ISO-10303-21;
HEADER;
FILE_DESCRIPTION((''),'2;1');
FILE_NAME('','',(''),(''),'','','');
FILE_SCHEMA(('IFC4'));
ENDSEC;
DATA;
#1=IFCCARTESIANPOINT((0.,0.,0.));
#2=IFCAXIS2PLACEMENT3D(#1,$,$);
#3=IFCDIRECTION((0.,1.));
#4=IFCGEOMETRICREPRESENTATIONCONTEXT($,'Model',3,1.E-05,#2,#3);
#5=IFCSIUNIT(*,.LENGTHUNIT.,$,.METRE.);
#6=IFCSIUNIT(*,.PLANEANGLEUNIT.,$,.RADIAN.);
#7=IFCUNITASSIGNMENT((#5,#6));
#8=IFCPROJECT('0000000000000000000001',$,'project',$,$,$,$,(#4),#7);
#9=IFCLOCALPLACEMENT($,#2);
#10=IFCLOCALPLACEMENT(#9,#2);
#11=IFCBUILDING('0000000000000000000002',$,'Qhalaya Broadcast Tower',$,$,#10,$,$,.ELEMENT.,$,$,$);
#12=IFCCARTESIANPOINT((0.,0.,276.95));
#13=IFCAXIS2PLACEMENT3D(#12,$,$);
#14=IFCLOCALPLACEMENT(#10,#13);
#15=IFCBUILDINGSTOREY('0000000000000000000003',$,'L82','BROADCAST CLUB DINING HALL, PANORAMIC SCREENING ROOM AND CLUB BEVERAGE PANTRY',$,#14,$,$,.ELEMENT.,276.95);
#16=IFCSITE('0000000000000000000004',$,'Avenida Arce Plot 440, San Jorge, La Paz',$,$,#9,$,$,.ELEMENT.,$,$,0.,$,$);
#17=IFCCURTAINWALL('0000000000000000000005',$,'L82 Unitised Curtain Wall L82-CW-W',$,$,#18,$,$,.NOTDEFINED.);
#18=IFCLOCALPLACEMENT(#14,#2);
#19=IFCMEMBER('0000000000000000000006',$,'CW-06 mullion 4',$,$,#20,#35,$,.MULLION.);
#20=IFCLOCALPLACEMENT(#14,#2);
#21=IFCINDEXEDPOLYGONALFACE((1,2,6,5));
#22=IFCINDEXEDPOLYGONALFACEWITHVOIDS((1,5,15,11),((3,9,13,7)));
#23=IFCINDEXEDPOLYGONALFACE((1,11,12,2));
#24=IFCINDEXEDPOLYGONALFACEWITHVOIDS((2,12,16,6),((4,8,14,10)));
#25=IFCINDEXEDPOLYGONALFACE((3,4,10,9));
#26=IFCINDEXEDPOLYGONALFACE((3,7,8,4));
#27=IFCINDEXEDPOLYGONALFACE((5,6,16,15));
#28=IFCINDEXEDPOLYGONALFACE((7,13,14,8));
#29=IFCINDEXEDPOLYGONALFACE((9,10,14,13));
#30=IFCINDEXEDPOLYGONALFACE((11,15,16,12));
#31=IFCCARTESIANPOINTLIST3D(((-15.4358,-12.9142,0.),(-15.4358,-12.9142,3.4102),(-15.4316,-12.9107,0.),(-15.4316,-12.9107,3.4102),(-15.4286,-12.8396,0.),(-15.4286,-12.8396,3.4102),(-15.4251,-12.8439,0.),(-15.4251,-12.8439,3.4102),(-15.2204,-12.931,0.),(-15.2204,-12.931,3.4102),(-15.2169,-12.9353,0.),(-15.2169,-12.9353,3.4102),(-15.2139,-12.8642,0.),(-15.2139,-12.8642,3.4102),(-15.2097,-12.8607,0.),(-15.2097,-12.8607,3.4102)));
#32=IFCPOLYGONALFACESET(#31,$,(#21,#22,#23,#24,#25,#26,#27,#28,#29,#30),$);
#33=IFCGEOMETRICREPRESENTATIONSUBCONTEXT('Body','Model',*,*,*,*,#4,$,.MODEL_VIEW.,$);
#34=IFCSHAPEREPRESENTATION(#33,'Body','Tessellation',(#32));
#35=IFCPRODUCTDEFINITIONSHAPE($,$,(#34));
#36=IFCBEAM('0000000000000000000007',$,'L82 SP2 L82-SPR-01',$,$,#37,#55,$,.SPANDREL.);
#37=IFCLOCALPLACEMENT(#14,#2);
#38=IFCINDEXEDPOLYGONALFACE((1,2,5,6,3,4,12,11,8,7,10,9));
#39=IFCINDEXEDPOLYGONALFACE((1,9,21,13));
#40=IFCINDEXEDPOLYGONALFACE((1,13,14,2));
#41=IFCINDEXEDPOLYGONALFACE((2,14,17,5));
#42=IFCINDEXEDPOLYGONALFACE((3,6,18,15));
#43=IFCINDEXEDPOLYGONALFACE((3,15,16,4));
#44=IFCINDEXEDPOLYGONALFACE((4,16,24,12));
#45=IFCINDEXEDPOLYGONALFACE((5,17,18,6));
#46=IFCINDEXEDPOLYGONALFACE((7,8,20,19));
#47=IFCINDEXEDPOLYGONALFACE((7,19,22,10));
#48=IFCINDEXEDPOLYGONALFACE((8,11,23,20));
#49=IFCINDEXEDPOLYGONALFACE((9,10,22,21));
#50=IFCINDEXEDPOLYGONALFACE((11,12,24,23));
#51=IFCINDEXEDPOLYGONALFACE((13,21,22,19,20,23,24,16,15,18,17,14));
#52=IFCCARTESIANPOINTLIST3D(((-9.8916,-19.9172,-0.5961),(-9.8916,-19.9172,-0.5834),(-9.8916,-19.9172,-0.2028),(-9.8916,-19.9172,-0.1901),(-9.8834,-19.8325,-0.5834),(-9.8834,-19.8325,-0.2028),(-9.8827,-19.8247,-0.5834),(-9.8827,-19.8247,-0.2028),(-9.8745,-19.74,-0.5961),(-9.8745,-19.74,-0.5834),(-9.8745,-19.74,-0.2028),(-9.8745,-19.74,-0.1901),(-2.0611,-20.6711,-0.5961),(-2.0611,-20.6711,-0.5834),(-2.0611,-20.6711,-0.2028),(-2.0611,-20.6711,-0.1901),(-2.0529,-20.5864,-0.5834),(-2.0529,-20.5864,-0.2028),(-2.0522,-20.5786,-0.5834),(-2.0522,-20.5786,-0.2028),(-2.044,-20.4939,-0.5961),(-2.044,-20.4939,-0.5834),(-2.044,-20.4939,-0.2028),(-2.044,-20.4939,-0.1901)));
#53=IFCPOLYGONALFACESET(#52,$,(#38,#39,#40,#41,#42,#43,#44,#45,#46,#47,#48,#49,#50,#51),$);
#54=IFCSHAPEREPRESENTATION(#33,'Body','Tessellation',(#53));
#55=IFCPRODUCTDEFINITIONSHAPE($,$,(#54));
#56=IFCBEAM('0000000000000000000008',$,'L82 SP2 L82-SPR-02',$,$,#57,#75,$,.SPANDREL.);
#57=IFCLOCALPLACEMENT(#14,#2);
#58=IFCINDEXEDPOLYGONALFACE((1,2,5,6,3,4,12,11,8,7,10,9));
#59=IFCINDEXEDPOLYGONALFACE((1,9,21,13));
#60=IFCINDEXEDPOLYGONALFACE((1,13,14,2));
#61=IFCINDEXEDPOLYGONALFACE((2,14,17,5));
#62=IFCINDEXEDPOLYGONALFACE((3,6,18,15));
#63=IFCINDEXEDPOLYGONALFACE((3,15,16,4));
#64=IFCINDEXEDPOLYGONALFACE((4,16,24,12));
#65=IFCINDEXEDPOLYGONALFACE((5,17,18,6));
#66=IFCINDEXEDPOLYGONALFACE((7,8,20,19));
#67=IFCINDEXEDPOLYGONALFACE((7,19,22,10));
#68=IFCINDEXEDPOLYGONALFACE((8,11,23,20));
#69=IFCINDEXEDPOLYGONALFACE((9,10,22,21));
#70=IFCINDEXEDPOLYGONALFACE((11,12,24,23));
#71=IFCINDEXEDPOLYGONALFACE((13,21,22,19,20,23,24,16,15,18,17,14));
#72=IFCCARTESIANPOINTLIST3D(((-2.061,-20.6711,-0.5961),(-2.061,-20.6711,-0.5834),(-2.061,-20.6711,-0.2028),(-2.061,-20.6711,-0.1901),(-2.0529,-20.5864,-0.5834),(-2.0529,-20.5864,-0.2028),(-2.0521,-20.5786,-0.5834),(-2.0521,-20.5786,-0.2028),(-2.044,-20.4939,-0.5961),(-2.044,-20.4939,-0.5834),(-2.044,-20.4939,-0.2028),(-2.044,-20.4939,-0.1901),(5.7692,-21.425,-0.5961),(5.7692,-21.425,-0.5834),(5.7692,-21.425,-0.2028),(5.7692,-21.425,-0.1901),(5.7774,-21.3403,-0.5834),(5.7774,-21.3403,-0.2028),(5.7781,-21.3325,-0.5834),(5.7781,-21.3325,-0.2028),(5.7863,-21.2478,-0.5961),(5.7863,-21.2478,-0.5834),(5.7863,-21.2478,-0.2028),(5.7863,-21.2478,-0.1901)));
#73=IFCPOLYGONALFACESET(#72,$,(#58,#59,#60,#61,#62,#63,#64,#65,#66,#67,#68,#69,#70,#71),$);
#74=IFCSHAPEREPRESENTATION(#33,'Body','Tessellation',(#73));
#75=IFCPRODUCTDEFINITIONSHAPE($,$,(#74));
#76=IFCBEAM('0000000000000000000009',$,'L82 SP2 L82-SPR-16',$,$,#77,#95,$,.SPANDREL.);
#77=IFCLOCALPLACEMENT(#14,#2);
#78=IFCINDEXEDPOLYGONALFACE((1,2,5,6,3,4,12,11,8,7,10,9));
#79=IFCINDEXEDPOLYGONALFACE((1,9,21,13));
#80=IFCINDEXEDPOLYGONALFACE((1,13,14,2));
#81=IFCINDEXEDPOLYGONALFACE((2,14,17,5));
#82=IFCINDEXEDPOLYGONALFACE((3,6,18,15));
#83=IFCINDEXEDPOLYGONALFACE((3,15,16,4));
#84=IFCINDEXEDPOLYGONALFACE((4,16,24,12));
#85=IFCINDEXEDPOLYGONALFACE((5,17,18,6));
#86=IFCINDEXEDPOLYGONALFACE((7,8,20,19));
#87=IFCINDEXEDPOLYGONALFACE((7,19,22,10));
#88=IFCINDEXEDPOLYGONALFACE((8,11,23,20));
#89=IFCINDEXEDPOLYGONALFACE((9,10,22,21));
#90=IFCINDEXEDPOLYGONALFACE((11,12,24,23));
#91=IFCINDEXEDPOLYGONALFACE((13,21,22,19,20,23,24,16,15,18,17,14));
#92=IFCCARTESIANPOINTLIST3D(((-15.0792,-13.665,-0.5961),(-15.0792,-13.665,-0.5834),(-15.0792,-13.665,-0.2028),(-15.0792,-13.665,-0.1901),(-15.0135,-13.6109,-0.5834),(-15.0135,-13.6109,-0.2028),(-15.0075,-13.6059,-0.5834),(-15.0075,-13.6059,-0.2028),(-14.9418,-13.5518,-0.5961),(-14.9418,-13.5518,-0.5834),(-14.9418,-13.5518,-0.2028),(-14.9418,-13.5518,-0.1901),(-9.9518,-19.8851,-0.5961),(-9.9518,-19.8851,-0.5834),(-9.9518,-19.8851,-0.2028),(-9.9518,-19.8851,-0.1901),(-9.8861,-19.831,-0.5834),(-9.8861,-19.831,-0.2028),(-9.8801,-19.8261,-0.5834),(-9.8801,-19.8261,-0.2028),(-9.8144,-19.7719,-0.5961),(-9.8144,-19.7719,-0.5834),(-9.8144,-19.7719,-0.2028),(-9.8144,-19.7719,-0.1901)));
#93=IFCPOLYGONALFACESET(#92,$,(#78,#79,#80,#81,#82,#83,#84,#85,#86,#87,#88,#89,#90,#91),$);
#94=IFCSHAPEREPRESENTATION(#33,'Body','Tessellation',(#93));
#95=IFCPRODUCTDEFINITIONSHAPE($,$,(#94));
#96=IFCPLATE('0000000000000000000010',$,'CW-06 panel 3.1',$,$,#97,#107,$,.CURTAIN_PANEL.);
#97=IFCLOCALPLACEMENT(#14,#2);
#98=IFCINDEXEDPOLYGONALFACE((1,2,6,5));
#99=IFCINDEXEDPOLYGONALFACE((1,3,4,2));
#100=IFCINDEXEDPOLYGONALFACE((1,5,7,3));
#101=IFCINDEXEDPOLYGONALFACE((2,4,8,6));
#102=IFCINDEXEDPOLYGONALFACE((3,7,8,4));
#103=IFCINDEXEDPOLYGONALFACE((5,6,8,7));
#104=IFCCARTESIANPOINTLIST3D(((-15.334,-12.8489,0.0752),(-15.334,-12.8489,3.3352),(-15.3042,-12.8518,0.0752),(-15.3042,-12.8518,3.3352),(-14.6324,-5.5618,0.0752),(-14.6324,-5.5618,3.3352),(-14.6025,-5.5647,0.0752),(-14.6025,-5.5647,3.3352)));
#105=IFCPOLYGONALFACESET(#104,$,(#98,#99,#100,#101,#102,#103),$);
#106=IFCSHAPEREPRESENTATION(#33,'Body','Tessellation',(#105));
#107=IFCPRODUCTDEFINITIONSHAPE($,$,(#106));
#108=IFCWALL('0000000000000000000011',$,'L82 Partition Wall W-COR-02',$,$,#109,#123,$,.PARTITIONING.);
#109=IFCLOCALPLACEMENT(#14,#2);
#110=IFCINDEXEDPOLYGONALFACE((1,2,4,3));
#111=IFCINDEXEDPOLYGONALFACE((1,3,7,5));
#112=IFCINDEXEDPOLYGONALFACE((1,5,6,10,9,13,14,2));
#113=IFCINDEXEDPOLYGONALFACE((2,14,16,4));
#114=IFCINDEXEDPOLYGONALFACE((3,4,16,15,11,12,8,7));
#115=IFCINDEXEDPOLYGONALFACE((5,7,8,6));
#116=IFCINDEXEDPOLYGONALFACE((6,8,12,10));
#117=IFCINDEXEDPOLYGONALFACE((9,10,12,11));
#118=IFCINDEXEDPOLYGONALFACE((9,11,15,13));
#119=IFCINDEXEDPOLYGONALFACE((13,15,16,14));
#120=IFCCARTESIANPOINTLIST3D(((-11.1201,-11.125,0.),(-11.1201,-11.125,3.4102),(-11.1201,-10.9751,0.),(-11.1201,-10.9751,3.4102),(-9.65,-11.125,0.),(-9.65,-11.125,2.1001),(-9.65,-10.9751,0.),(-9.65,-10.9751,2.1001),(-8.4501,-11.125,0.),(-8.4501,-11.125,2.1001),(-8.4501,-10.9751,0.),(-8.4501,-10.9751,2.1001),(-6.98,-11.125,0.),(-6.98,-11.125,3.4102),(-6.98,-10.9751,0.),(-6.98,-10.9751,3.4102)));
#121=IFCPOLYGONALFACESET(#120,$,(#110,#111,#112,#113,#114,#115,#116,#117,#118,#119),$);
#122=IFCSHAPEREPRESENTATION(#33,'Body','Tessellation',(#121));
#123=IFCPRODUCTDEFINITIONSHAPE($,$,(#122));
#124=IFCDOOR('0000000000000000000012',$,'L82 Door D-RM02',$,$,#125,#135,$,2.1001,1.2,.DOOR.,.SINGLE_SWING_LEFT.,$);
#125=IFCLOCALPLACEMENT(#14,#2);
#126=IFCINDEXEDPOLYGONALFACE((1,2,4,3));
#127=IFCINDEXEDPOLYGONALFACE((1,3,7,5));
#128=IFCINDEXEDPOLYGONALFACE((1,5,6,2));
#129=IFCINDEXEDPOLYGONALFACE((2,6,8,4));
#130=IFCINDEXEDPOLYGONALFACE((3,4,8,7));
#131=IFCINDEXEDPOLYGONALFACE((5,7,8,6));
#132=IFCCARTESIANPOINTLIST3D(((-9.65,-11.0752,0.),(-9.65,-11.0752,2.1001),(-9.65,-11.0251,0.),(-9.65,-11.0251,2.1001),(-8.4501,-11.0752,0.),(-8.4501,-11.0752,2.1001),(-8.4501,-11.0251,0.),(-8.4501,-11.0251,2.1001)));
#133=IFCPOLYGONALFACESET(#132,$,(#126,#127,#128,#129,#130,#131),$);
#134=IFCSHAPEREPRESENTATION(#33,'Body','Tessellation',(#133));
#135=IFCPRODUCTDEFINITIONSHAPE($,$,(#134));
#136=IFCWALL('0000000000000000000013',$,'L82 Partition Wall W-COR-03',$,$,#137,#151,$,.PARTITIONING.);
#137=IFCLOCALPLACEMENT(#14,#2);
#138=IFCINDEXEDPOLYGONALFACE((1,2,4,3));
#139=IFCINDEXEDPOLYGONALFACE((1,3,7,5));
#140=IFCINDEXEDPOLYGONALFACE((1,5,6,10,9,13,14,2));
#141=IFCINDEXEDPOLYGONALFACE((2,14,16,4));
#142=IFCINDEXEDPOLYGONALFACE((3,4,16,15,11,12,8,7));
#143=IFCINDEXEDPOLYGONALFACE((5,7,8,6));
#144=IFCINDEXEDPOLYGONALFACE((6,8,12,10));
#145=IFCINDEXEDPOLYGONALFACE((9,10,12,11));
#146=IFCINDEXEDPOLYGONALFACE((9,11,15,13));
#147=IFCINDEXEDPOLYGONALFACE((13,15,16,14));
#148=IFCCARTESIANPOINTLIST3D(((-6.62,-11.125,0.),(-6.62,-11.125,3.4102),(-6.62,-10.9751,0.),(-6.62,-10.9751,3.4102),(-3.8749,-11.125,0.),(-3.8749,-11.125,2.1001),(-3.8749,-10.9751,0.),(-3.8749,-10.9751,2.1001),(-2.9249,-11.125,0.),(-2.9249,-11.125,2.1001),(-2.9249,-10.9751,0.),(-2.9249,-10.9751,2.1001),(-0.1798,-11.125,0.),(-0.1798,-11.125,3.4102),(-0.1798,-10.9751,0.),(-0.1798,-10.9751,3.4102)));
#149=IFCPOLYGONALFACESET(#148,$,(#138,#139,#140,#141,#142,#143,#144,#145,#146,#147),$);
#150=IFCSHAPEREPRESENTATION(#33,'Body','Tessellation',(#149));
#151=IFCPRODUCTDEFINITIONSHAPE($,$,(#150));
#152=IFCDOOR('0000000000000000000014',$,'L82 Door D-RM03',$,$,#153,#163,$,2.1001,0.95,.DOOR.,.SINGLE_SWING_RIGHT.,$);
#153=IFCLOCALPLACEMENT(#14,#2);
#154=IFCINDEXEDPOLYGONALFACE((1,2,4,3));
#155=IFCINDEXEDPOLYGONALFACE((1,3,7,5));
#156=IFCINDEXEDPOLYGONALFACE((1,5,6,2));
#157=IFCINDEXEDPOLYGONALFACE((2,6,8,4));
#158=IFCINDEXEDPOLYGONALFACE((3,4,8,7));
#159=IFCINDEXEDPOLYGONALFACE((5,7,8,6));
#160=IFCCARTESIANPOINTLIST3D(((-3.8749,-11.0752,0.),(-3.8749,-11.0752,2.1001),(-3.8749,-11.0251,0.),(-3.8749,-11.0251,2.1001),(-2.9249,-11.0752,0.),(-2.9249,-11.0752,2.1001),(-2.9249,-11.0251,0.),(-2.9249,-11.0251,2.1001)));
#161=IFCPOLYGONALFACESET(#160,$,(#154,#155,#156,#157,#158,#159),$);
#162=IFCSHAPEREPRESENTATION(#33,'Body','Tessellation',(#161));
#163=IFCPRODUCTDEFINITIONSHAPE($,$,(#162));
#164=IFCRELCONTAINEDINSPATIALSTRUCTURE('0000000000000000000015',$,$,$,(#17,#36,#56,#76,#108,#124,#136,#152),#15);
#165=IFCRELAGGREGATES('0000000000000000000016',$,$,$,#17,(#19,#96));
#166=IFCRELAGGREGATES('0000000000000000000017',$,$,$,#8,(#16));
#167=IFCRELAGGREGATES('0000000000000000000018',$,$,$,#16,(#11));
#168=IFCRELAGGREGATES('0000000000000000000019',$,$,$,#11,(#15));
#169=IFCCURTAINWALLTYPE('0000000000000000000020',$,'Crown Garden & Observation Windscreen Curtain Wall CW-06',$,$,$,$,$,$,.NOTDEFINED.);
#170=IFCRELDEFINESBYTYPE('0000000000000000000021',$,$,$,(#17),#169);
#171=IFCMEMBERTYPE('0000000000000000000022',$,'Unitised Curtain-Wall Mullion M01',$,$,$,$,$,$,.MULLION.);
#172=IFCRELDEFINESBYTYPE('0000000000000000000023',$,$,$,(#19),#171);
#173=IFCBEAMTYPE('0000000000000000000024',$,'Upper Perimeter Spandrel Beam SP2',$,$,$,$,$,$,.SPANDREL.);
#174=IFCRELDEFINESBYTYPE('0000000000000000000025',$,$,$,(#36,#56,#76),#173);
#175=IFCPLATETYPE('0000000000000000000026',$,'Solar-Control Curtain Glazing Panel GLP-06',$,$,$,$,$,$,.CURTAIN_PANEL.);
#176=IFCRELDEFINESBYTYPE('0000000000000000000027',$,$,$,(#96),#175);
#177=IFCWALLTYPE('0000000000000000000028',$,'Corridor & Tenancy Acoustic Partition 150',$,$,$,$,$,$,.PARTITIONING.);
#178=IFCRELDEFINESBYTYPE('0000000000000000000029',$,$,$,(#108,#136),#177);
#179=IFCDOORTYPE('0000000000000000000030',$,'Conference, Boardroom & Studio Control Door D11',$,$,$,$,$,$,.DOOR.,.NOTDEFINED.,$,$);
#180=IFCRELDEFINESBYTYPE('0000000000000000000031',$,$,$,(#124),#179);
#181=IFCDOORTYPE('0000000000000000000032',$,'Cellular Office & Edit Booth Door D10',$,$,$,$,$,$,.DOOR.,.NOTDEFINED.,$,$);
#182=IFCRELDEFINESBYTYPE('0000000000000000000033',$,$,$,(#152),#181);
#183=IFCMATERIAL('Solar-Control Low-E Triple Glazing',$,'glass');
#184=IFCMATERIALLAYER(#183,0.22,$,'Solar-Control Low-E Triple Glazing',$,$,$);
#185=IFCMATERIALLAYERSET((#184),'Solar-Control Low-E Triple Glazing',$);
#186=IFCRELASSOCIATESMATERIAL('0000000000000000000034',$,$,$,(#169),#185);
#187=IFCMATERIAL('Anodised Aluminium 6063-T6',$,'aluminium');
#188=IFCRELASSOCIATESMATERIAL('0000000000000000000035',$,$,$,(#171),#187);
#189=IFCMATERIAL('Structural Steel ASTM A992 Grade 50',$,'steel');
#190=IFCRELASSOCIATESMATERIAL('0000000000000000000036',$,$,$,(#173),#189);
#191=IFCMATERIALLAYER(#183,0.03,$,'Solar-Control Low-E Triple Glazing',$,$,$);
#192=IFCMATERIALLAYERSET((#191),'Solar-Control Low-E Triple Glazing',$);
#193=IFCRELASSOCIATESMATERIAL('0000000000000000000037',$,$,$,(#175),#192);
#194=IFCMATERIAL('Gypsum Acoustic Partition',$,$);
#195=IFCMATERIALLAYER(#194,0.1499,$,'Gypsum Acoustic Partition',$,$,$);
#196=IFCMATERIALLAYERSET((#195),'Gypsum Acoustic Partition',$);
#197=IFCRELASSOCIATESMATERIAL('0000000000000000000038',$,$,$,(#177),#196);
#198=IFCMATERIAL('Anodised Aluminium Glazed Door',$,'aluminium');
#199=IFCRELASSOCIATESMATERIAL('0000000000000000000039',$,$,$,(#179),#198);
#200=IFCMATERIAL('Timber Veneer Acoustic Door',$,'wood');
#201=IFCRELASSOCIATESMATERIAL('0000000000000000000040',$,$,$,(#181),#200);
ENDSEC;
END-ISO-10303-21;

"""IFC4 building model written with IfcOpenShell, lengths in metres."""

from ifc_helpers import new_model, si_unit, direction, frame, frame_2d, origin, origin_2d, place, context, subcontext, project, spatial, rectangle, hollow_rectangle, i_section, extrude, material, layer, layer_set, material_profile, profile_set, type_object, element, fill, aggregate, save


model = new_model("IFC4")

# Units and contexts
model_context = context("Model", 3, precision=1e-05, world=origin(), true_north=direction((0.0, 1.0)))
body_context = subcontext(model_context, "Body", "Model", "MODEL_VIEW")
ifc_project = project(units=[si_unit("LENGTHUNIT", "METRE"), si_unit("PLANEANGLEUNIT", "RADIAN")], contexts=[model_context])

# Site, building, storey
site_placement = place(None, origin())
site = spatial("IfcSite", under=ifc_project, at=site_placement, Name="Avenida Arce Plot 440, San Jorge, La Paz", CompositionType="ELEMENT", RefElevation=0.0)
building_placement = place(site_placement, origin())
building = spatial("IfcBuilding", under=site, at=building_placement, Name="Qhalaya Broadcast Tower", CompositionType="ELEMENT")
storey_placement = place(building_placement, frame((0.0, 0.0, 276.95)))
storey = spatial("IfcBuildingStorey", under=building, at=storey_placement, Name="L82", Description="BROADCAST CLUB DINING HALL, PANORAMIC SCREENING ROOM AND CLUB BEVERAGE PANTRY", CompositionType="ELEMENT", Elevation=276.95)

# Shared definitions
ifc_material_1 = material(Name="Structural Steel ASTM A992 Grade 50", Category="steel")

# Curtain wall, member
ifc_material_2 = material(Name="Solar-Control Low-E Triple Glazing", Category="glass")
ifc_layer_1 = layer(ifc_material_2, 0.22, Name="Solar-Control Low-E Triple Glazing")
ifc_layer_set_1 = layer_set([ifc_layer_1], Name="Solar-Control Low-E Triple Glazing")
curtain_wall_type = type_object("IfcCurtainWallType", Name="Crown Garden & Observation Windscreen Curtain Wall CW-06", PredefinedType="NOTDEFINED", material=ifc_layer_set_1)
curtain_wall_placement = place(storey_placement, origin())
curtain_wall = element("IfcCurtainWall", 1, at=curtain_wall_placement, inside=storey, type_object=curtain_wall_type, Name="L82 Unitised Curtain Wall L82-CW-W", PredefinedType="NOTDEFINED")
ifc_material_3 = material(Name="Anodised Aluminium 6063-T6", Category="aluminium")
ifc_material_profile_1 = material_profile(ifc_material_3, hollow_rectangle(XDim=0.075, YDim=0.22, WallThickness=0.0039, at=origin_2d()), Name="ALU-MUL 75x220x4")
ifc_profile_set_1 = profile_set([ifc_material_profile_1], Name="Anodised Aluminium 6063-T6")
member_type = type_object("IfcMemberType", Name="Unitised Curtain-Wall Mullion M01", PredefinedType="MULLION", material=ifc_profile_set_1)
member_placement = place(storey_placement, frame((-15.3228, -12.8875, 0.0), z_axis=(0.0, 0.0, 1.0), x_axis=(-0.095848, -0.995396, 0.0)))
member = element("IfcMember", 2, at=member_placement, type_object=member_type, Name="CW-06 mullion 4", PredefinedType="MULLION", context=body_context, shape_type="SweptSolid", body=[
    extrude(hollow_rectangle(XDim=0.075, YDim=0.22, WallThickness=0.0039, at=origin_2d()), origin(), (0.0, 0.0, 1.0), 3.4102),
])

# Beams
ifc_material_profile_2 = material_profile(ifc_material_1, i_section(OverallWidth=0.178, OverallDepth=0.406, WebThickness=0.0078, FlangeThickness=0.0127, at=origin_2d()), Name="W16X40")
ifc_profile_set_2 = profile_set([ifc_material_profile_2], Name="Structural Steel ASTM A992 Grade 50")
beam_type_1 = type_object("IfcBeamType", Name="Upper Perimeter Spandrel Beam SP2", PredefinedType="SPANDREL", material=ifc_profile_set_2)
beam_1_placement = place(storey_placement, frame((-9.8831, -19.8286, -0.3931), z_axis=(0.995397, -0.095834, 0.0), x_axis=(0.095834, 0.995397, 0.0)))
element("IfcBeam", 3, at=beam_1_placement, inside=storey, type_object=beam_type_1, Name="L82 SP2 L82-SPR-01", PredefinedType="SPANDREL", context=body_context, shape_type="SweptSolid", body=[
    extrude(i_section(OverallWidth=0.178, OverallDepth=0.406, WebThickness=0.0078, FlangeThickness=0.0127, at=origin_2d()), origin(), (0.0, 0.0, 1.0), 7.8667),
])
beam_2_placement = place(storey_placement, frame((-2.0525, -20.5825, -0.3931), z_axis=(0.995397, -0.095837, 0.0), x_axis=(0.095837, 0.995397, 0.0)))
element("IfcBeam", 4, at=beam_2_placement, inside=storey, type_object=beam_type_1, Name="L82 SP2 L82-SPR-02", PredefinedType="SPANDREL", context=body_context, shape_type="SweptSolid", body=[
    extrude(i_section(OverallWidth=0.178, OverallDepth=0.406, WebThickness=0.0078, FlangeThickness=0.0127, at=origin_2d()), origin(), (0.0, 0.0, 1.0), 7.8665),
])
beam_3_placement = place(storey_placement, frame((-15.0105, -13.6084, -0.3931), z_axis=(0.63607, -0.771631, 0.0), x_axis=(0.771631, 0.63607, 0.0)))
element("IfcBeam", 5, at=beam_3_placement, inside=storey, type_object=beam_type_1, Name="L82 SP2 L82-SPR-16", PredefinedType="SPANDREL", context=body_context, shape_type="SweptSolid", body=[
    extrude(i_section(OverallWidth=0.178, OverallDepth=0.406, WebThickness=0.0078, FlangeThickness=0.0127, at=origin_2d()), origin(), (0.0, 0.0, 1.0), 8.061),
])

# Plate
ifc_layer_2 = layer(ifc_material_2, 0.03, Name="Solar-Control Low-E Triple Glazing")
ifc_layer_set_2 = layer_set([ifc_layer_2], Name="Solar-Control Low-E Triple Glazing")
plate_type = type_object("IfcPlateType", Name="Solar-Control Curtain Glazing Panel GLP-06", PredefinedType="CURTAIN_PANEL", material=ifc_layer_set_2)
plate_placement = place(storey_placement, frame((-14.9683, -9.2068, 0.0752), z_axis=(0.0, 0.0, 1.0), x_axis=(-0.095848, -0.995396, 0.0)))
plate = element("IfcPlate", 6, at=plate_placement, type_object=plate_type, Name="CW-06 panel 3.1", PredefinedType="CURTAIN_PANEL", context=body_context, shape_type="SweptSolid", body=[
    extrude(rectangle(XDim=7.3208, YDim=0.03, at=origin_2d()), origin(), (0.0, 0.0, 1.0), 3.26),
])
aggregate(curtain_wall, [member, plate])

# Walls, openings, doors
ifc_material_4 = material(Name="Gypsum Acoustic Partition")
ifc_layer_3 = layer(ifc_material_4, 0.1499, Name="Gypsum Acoustic Partition")
ifc_layer_set_3 = layer_set([ifc_layer_3], Name="Gypsum Acoustic Partition")
wall_type_1 = type_object("IfcWallType", Name="Corridor & Tenancy Acoustic Partition 150", PredefinedType="PARTITIONING", material=ifc_layer_set_3)
wall_1_placement = place(storey_placement, frame((-11.1201, -11.05, 0.0), z_axis=(0.0, 0.0, 1.0), x_axis=(1.0, 0.0, 0.0)))
wall_1 = element("IfcWall", 7, at=wall_1_placement, inside=storey, type_object=wall_type_1, Name="L82 Partition Wall W-COR-02", PredefinedType="PARTITIONING", context=body_context, shape_type="SweptSolid", body=[
    extrude(rectangle(XDim=4.1401, YDim=0.1499, at=frame_2d((2.0701, 0.0))), origin(), (0.0, 0.0, 1.0), 3.4102),
])
opening_1_placement = place(wall_1_placement, frame((1.47, 0.0, 0.0)))
opening_1 = element("IfcOpeningElement", 8, at=opening_1_placement, cuts=wall_1, PredefinedType="OPENING", context=body_context, shape_type="SweptSolid", body=[
    extrude(rectangle(XDim=1.2, YDim=2.1001, at=frame_2d((0.6001, 1.05))), frame((0.0, 0.0869, 0.0), z_axis=(0.0, -1.0, 0.0), x_axis=(1.0, 0.0, 0.0)), (0.0, 0.0, 1.0), 0.1738),
])
ifc_material_5 = material(Name="Anodised Aluminium Glazed Door", Category="aluminium")
door_type_1 = type_object("IfcDoorType", Name="Conference, Boardroom & Studio Control Door D11", OperationType="NOTDEFINED", PredefinedType="DOOR", material=ifc_material_5)
door_1_placement = place(opening_1_placement, origin())
door_1 = element("IfcDoor", 9, at=door_1_placement, inside=storey, type_object=door_type_1, Name="L82 Door D-RM02", OperationType="SINGLE_SWING_LEFT", OverallHeight=2.1001, OverallWidth=1.2, PredefinedType="DOOR", context=body_context, shape_type="SweptSolid", body=[
    extrude(rectangle(XDim=1.2, YDim=2.1001, at=frame_2d((0.6001, 1.05))), frame((0.0, 0.0249, 0.0), z_axis=(0.0, -1.0, 0.0), x_axis=(1.0, 0.0, 0.0)), (0.0, 0.0, 1.0), 0.05),
])
fill(opening_1, door_1)
wall_2_placement = place(storey_placement, frame((-6.6201, -11.05, 0.0), z_axis=(0.0, 0.0, 1.0), x_axis=(1.0, 0.0, 0.0)))
wall_2 = element("IfcWall", 10, at=wall_2_placement, inside=storey, type_object=wall_type_1, Name="L82 Partition Wall W-COR-03", PredefinedType="PARTITIONING", context=body_context, shape_type="SweptSolid", body=[
    extrude(rectangle(XDim=6.4402, YDim=0.1499, at=frame_2d((3.2202, 0.0))), origin(), (0.0, 0.0, 1.0), 3.4102),
])
opening_2_placement = place(wall_2_placement, frame((2.7451, 0.0, 0.0)))
opening_2 = element("IfcOpeningElement", 11, at=opening_2_placement, cuts=wall_2, PredefinedType="OPENING", context=body_context, shape_type="SweptSolid", body=[
    extrude(rectangle(XDim=0.95, YDim=2.1001, at=frame_2d((0.4751, 1.05))), frame((0.0, 0.0869, 0.0), z_axis=(0.0, -1.0, 0.0), x_axis=(1.0, 0.0, 0.0)), (0.0, 0.0, 1.0), 0.1738),
])
ifc_material_6 = material(Name="Timber Veneer Acoustic Door", Category="wood")
door_type_2 = type_object("IfcDoorType", Name="Cellular Office & Edit Booth Door D10", OperationType="NOTDEFINED", PredefinedType="DOOR", material=ifc_material_6)
door_2_placement = place(opening_2_placement, origin())
door_2 = element("IfcDoor", 12, at=door_2_placement, inside=storey, type_object=door_type_2, Name="L82 Door D-RM03", OperationType="SINGLE_SWING_RIGHT", OverallHeight=2.1001, OverallWidth=0.95, PredefinedType="DOOR", context=body_context, shape_type="SweptSolid", body=[
    extrude(rectangle(XDim=0.95, YDim=2.1001, at=frame_2d((0.4751, 1.05))), frame((0.0, 0.0249, 0.0), z_axis=(0.0, -1.0, 0.0), x_axis=(1.0, 0.0, 0.0)), (0.0, 0.0, 1.0), 0.05),
])
fill(opening_2, door_2)

save(model, "model.ifc")
